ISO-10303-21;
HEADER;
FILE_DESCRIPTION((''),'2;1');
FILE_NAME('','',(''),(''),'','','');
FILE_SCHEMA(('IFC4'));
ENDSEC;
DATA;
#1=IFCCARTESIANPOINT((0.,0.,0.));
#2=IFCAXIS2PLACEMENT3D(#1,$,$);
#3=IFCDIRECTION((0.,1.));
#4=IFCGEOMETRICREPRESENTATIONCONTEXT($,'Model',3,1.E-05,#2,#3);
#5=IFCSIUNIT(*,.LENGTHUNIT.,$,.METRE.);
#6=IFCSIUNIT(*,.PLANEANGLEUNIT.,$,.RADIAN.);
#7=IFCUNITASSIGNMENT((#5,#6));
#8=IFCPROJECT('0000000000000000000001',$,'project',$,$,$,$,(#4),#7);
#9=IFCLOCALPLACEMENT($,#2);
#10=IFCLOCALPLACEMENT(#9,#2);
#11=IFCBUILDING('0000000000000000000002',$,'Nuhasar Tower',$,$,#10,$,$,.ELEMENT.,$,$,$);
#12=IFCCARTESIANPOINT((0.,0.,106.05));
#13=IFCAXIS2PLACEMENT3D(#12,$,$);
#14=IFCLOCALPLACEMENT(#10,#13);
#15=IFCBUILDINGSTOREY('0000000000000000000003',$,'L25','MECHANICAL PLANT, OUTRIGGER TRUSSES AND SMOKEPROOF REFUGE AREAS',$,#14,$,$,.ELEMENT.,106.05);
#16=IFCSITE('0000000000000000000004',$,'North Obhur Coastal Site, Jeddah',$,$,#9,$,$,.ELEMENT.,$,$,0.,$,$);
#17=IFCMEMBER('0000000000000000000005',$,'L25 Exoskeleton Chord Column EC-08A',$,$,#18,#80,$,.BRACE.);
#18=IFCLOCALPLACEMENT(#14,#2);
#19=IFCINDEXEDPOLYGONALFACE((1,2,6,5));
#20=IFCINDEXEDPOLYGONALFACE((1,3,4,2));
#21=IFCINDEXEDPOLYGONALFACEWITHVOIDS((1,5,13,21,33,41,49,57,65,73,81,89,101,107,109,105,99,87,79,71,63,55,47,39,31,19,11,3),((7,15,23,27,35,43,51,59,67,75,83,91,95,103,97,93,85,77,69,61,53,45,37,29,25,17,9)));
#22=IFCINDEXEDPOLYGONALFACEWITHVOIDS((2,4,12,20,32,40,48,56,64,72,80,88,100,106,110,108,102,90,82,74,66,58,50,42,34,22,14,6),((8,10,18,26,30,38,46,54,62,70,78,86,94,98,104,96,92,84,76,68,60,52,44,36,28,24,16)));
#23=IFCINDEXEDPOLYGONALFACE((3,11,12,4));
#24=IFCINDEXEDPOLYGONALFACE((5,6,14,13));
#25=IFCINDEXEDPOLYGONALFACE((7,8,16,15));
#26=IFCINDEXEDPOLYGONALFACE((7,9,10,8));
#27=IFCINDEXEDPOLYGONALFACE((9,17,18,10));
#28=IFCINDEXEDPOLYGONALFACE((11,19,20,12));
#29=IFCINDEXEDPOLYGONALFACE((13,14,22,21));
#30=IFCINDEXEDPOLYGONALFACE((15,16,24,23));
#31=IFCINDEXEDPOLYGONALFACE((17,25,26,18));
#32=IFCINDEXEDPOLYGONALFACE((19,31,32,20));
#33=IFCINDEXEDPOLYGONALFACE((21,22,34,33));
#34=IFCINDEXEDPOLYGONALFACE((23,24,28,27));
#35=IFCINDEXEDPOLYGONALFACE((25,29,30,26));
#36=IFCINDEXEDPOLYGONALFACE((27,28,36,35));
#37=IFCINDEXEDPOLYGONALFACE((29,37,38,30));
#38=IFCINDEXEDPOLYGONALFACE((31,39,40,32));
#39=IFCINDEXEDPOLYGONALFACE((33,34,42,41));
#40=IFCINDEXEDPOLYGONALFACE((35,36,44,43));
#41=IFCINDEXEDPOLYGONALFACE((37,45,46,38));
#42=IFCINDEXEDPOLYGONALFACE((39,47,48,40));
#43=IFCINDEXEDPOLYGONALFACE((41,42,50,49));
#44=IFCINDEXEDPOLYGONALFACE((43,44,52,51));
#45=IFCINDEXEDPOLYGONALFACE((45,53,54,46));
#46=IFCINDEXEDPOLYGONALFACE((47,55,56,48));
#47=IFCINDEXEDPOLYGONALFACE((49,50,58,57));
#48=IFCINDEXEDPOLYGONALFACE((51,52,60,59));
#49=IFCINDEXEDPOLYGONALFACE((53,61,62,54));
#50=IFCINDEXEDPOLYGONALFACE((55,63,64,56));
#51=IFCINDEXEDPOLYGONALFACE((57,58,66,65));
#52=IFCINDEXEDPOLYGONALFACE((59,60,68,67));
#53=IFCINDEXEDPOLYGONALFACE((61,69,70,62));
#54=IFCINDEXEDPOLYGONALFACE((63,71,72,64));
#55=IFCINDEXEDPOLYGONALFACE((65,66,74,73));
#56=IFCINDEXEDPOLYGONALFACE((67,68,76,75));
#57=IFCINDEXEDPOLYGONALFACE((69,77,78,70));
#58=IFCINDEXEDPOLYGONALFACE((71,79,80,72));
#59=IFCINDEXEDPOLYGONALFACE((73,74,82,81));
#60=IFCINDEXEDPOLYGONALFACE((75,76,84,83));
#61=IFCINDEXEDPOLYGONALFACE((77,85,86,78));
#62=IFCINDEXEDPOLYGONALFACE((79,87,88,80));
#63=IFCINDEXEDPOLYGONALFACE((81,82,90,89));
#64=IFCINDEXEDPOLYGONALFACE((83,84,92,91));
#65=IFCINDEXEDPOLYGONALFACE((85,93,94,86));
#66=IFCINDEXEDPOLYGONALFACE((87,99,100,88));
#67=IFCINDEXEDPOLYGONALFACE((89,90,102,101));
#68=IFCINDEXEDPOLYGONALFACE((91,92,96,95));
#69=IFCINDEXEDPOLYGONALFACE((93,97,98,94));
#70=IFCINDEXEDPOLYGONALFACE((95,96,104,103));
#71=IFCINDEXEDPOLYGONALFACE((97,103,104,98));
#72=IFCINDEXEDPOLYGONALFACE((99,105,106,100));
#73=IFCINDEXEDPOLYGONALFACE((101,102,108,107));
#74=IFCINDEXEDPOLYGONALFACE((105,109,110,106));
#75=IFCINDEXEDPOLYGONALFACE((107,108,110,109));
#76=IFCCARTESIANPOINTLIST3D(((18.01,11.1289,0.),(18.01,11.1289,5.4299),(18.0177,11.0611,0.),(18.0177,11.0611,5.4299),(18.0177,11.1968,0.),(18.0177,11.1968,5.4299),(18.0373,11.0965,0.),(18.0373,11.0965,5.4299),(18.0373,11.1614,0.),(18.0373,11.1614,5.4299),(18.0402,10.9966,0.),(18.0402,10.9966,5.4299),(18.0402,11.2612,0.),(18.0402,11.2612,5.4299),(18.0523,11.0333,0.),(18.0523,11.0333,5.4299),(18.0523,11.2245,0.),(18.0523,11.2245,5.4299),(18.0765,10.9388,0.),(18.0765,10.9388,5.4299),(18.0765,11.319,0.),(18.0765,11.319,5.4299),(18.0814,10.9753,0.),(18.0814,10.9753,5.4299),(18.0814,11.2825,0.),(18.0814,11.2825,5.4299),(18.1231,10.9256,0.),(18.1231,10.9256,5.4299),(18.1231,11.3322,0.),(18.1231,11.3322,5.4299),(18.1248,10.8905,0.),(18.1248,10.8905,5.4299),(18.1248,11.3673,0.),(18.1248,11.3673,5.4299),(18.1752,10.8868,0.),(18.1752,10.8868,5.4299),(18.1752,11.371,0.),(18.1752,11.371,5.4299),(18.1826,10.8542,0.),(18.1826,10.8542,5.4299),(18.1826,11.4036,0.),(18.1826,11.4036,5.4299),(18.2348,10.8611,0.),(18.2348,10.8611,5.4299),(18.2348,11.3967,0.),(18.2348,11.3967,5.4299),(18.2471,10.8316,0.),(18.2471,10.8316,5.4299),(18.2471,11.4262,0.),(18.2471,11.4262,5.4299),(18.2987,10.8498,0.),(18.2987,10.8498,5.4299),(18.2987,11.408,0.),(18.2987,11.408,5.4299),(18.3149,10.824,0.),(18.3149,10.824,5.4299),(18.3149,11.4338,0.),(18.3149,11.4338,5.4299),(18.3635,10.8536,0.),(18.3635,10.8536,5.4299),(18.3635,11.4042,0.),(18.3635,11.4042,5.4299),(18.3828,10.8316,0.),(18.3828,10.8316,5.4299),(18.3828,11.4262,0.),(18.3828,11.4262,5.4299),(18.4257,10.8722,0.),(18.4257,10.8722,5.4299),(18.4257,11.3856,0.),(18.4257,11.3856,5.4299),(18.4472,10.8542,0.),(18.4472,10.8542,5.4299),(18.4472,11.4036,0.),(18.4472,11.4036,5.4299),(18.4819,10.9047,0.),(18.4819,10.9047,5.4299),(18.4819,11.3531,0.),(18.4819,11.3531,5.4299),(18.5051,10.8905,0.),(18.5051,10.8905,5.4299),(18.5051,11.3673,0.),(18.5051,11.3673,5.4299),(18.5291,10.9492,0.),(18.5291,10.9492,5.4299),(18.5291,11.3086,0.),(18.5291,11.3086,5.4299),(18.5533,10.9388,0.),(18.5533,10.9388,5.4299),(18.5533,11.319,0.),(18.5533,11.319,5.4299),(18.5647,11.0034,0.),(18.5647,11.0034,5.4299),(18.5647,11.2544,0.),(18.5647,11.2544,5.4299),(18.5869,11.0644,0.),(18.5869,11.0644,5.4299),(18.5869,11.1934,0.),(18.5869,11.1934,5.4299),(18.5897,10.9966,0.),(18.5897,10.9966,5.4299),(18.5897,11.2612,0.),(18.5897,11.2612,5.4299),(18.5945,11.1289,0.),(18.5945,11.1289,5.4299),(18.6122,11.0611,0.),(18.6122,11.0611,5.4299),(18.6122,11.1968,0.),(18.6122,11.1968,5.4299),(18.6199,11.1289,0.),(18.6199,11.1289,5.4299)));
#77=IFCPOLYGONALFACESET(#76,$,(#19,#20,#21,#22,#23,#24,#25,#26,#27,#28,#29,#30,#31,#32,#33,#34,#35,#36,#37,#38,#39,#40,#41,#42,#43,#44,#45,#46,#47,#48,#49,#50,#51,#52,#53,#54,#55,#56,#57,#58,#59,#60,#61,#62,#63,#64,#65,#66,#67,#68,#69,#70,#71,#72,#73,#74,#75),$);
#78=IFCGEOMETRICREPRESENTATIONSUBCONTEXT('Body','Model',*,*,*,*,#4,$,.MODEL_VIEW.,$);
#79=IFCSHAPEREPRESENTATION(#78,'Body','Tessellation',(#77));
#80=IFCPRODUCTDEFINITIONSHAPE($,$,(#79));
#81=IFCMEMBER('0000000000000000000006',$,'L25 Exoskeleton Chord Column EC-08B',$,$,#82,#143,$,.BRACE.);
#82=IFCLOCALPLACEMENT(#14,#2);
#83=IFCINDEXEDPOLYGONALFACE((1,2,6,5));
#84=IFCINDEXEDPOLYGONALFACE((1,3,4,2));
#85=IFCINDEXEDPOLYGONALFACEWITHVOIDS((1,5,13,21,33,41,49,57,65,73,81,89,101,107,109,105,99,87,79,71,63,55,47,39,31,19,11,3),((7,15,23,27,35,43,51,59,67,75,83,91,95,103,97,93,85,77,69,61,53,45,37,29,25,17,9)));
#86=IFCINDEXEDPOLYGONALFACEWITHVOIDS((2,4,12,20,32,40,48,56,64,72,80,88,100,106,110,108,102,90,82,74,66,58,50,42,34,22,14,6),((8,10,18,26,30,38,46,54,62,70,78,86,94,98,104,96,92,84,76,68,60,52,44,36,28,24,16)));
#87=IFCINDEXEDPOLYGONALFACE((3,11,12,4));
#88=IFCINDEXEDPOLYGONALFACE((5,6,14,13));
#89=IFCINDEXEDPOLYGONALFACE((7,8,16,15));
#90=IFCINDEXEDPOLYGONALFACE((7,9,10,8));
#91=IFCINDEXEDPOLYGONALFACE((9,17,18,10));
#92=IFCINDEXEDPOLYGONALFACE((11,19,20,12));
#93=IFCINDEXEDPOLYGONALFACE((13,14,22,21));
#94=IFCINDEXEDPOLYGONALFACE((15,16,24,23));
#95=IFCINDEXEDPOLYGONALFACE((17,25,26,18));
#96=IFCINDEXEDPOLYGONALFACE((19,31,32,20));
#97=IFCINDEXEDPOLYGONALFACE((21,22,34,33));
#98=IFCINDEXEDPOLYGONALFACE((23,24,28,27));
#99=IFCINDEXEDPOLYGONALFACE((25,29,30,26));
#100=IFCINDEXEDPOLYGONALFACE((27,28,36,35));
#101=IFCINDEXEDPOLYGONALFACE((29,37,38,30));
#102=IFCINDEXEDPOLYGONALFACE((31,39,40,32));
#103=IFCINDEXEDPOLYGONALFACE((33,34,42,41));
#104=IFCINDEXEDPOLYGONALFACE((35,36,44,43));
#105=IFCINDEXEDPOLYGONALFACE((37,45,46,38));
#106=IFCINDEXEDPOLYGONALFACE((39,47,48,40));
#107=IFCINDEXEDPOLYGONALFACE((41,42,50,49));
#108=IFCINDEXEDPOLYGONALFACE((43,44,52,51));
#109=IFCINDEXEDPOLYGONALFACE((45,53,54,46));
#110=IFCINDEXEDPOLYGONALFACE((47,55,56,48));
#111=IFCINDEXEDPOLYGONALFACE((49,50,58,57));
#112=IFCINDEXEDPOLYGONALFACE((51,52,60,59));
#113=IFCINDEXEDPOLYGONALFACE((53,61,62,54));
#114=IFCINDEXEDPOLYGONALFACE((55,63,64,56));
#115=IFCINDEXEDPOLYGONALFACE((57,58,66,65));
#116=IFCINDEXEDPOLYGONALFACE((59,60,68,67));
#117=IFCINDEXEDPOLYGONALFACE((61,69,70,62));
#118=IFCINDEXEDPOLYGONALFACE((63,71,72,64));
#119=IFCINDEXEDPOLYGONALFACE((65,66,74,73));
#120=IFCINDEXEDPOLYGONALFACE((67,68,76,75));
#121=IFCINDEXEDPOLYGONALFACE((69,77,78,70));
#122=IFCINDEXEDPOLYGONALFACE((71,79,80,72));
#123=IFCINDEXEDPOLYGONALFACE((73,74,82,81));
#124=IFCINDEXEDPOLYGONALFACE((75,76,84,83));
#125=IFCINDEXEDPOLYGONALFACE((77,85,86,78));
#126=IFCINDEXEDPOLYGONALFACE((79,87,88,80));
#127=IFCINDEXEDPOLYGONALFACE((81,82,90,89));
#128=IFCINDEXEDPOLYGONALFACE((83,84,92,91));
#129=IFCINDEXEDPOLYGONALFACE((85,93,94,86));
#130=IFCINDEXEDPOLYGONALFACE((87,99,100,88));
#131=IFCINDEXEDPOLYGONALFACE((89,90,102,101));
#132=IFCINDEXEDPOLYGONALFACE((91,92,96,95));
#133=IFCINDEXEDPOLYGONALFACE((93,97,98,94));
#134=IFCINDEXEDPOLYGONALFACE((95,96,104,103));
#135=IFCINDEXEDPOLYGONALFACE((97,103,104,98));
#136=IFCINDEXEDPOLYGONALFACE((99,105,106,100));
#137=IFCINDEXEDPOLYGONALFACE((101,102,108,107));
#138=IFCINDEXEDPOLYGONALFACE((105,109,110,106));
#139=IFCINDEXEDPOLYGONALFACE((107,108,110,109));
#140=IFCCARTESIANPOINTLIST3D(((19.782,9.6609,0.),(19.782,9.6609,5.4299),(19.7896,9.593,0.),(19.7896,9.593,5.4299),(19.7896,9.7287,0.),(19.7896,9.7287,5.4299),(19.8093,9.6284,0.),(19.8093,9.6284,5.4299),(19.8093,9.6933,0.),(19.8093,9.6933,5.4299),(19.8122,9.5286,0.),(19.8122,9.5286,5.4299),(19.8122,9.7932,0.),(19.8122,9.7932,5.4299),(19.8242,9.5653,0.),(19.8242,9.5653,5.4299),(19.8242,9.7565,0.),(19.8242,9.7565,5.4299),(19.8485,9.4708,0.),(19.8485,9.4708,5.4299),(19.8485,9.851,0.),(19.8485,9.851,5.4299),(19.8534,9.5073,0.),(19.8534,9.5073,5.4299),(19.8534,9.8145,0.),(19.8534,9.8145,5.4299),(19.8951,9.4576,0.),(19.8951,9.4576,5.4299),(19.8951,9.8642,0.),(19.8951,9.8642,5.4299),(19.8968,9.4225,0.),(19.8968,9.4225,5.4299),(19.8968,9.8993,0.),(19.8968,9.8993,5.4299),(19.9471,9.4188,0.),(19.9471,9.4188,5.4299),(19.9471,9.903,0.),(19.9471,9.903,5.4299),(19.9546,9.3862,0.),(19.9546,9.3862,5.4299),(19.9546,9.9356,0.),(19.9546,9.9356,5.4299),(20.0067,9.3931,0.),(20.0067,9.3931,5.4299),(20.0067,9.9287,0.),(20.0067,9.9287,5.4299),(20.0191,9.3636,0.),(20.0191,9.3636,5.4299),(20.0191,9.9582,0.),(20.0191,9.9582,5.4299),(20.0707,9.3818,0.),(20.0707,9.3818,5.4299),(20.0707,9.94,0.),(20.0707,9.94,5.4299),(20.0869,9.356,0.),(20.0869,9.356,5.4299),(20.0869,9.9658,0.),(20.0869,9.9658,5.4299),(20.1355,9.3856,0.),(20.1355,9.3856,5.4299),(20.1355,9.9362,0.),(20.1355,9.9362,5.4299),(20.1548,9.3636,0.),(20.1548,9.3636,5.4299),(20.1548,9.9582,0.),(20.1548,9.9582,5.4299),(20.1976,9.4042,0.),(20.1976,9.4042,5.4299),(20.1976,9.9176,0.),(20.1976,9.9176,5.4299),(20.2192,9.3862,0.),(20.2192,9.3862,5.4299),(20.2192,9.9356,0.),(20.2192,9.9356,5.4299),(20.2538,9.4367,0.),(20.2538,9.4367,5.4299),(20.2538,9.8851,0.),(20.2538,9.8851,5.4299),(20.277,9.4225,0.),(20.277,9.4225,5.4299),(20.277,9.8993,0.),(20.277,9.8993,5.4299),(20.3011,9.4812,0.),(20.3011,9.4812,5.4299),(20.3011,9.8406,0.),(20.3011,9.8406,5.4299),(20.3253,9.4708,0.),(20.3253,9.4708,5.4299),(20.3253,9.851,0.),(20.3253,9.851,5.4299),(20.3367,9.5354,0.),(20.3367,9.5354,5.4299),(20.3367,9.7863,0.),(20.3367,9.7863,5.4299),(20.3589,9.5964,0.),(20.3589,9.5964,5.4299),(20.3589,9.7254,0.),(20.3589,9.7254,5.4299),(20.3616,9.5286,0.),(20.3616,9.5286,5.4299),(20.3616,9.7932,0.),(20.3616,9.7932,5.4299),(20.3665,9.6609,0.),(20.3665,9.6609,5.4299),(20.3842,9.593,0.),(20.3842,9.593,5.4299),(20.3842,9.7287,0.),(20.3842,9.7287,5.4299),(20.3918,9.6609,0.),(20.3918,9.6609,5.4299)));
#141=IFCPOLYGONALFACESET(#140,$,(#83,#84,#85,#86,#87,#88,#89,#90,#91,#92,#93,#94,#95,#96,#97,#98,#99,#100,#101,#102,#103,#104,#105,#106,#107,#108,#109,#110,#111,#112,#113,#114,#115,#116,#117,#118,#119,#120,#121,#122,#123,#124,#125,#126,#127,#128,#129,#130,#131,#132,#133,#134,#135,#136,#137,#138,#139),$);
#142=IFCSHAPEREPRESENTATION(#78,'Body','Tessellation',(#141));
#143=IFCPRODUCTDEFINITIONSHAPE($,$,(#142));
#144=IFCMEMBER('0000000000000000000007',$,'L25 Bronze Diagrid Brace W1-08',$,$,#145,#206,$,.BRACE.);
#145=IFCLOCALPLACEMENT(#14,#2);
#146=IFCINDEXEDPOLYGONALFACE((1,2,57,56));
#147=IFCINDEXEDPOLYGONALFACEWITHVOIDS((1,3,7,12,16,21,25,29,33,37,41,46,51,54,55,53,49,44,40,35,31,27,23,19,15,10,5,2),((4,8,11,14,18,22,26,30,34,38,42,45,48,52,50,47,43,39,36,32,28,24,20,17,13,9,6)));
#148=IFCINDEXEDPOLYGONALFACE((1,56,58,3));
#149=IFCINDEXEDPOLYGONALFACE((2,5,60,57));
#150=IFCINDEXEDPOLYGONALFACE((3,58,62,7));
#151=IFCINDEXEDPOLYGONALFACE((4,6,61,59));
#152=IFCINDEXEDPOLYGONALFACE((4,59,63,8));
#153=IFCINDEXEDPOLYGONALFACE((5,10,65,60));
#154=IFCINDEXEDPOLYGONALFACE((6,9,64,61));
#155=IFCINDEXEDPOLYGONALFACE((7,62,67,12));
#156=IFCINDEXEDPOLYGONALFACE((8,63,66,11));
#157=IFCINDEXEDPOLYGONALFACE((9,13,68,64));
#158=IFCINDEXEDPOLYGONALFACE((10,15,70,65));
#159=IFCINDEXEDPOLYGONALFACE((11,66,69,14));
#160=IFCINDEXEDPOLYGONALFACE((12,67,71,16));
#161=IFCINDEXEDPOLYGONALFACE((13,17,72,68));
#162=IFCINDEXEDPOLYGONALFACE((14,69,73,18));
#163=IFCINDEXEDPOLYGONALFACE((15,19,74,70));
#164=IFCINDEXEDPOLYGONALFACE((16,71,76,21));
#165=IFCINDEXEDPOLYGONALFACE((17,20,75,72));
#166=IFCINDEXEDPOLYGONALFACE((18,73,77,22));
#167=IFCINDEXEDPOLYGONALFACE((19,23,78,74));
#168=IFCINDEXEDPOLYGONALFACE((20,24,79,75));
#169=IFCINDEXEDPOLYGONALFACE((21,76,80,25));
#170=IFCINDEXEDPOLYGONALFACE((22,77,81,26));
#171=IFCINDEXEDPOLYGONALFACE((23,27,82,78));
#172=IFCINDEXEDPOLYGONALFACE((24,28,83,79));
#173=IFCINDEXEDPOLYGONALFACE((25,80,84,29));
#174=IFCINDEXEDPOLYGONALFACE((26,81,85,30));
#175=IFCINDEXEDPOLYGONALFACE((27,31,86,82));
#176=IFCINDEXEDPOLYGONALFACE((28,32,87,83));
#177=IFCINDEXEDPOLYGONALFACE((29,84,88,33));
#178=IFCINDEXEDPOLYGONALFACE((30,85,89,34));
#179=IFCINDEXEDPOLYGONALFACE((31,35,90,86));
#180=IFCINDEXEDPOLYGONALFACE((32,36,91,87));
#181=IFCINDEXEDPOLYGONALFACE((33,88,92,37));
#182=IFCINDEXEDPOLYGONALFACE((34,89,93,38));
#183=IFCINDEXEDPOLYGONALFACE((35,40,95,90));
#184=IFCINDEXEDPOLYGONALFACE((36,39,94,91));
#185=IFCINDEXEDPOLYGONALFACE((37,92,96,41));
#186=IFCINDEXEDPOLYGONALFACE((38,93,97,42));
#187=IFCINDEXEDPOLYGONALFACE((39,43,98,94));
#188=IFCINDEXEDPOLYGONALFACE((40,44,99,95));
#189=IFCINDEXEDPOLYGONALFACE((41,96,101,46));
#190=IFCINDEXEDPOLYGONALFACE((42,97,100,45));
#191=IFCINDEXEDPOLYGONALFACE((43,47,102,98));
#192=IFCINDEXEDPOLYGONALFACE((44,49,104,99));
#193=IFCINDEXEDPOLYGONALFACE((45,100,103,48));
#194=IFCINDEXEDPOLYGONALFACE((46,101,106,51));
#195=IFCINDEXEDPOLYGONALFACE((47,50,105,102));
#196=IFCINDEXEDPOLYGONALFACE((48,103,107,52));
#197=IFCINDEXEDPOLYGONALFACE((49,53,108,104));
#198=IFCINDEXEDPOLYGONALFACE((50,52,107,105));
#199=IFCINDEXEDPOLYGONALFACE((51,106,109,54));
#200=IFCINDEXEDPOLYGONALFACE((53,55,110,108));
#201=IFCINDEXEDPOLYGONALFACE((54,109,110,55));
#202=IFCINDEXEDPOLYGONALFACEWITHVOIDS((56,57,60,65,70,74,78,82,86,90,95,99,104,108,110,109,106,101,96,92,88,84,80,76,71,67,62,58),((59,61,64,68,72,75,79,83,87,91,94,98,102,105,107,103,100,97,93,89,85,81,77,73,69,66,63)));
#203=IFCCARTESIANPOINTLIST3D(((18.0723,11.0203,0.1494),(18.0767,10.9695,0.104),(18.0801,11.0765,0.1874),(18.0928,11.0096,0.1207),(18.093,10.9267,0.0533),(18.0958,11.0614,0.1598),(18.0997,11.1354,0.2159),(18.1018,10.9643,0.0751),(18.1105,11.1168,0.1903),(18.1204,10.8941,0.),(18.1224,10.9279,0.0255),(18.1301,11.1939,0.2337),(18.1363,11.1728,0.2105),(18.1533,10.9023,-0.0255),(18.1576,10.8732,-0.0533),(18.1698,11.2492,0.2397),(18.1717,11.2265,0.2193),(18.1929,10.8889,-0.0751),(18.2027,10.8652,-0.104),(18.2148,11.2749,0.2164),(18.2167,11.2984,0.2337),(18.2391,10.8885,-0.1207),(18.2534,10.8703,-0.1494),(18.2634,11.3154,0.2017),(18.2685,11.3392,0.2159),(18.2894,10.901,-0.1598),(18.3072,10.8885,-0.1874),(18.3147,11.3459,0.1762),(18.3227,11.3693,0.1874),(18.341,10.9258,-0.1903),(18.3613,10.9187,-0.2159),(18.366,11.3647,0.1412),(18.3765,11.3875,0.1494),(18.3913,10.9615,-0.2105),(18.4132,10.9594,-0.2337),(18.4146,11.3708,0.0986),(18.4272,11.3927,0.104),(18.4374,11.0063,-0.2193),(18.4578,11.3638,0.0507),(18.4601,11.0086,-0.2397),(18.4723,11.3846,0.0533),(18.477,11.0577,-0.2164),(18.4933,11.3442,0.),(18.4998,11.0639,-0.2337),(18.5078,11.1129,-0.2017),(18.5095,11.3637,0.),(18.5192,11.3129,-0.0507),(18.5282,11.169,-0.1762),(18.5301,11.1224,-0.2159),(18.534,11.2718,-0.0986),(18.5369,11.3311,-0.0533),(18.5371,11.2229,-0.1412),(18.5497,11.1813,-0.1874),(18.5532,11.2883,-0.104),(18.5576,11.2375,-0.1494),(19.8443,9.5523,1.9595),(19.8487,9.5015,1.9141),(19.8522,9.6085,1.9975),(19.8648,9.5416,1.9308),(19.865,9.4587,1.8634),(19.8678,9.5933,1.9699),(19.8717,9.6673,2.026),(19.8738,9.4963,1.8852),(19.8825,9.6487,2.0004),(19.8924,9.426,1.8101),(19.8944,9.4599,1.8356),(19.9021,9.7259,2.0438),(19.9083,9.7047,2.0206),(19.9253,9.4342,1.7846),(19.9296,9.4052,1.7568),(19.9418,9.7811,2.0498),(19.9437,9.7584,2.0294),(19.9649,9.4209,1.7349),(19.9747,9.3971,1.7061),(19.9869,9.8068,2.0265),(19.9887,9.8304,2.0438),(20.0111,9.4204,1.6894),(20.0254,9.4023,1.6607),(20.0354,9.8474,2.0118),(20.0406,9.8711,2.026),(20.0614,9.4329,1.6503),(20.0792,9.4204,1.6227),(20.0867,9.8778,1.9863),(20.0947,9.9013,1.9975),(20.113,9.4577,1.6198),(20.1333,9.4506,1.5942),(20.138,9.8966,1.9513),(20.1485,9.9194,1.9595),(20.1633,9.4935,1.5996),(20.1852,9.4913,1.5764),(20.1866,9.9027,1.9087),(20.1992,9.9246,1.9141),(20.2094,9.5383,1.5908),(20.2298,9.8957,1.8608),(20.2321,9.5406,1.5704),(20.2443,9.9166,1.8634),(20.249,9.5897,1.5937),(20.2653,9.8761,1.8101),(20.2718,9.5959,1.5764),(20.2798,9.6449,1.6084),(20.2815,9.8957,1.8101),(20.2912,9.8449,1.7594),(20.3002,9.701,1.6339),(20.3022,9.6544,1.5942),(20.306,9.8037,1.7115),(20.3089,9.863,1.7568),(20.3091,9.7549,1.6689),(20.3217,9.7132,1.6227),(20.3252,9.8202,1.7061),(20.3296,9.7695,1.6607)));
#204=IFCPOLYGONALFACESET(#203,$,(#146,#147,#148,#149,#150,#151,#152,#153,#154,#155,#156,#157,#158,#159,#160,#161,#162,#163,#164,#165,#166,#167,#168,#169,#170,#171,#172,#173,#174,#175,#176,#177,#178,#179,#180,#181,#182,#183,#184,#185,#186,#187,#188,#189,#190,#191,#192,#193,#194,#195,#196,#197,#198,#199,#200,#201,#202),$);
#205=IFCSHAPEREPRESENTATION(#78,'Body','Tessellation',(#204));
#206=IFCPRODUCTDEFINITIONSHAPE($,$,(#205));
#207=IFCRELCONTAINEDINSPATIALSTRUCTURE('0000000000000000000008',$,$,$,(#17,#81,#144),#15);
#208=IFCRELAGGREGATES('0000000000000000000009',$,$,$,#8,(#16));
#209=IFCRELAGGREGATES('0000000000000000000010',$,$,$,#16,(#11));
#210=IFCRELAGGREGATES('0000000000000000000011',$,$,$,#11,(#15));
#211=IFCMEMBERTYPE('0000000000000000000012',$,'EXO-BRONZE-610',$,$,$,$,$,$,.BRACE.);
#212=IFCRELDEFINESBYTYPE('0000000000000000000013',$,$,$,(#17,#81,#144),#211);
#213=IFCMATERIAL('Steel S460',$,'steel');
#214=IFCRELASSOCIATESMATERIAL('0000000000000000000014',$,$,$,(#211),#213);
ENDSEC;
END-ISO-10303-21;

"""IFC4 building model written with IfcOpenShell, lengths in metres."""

from ifc_helpers import new_model, si_unit, direction, frame, origin, origin_2d, place, context, subcontext, project, spatial, hollow_circle, extrude, material, material_profile, profile_set, type_object, element, save


model = new_model("IFC4")

# Units and contexts
model_context = context("Model", 3, precision=1e-05, world=origin(), true_north=direction((0.0, 1.0)))
body_context = subcontext(model_context, "Body", "Model", "MODEL_VIEW")
ifc_project = project(units=[si_unit("LENGTHUNIT", "METRE"), si_unit("PLANEANGLEUNIT", "RADIAN")], contexts=[model_context])

# Site, building, storey
site_placement = place(None, origin())
site = spatial("IfcSite", under=ifc_project, at=site_placement, Name="North Obhur Coastal Site, Jeddah", CompositionType="ELEMENT", RefElevation=0.0)
building_placement = place(site_placement, origin())
building = spatial("IfcBuilding", under=site, at=building_placement, Name="Nuhasar Tower", CompositionType="ELEMENT")
storey_placement = place(building_placement, frame((0.0, 0.0, 106.05)))
storey = spatial("IfcBuildingStorey", under=building, at=storey_placement, Name="L25", Description="MECHANICAL PLANT, OUTRIGGER TRUSSES AND SMOKEPROOF REFUGE AREAS", CompositionType="ELEMENT", Elevation=106.05)

# Shared definitions
ifc_material_1 = material(Name="Steel S460", Category="steel")

# Members
ifc_material_profile_1 = material_profile(ifc_material_1, hollow_circle(Radius=0.3049, WallThickness=0.0254, at=origin_2d()), Name="HSS610X25.4")
ifc_profile_set_1 = profile_set([ifc_material_profile_1], Name="Steel S460")
member_type_1 = type_object("IfcMemberType", Name="EXO-BRONZE-610", PredefinedType="BRACE", material=ifc_profile_set_1)
for number, where, z_axis, x_axis, name in (
    (1, (18.3149, 11.1289, 0.0), (0.0, 0.0, 1.0), (1.0, 0.0, 0.0), "L25 Exoskeleton Chord Column EC-08A"),
    (2, (20.0869, 9.6609, 0.0), (0.0, 0.0, 1.0), (1.0, 0.0, 0.0), "L25 Exoskeleton Chord Column EC-08B"),
):
    element("IfcMember", number, at=place(storey_placement, frame(where, z_axis=z_axis, x_axis=x_axis)), inside=storey, type_object=member_type_1, Name=name, PredefinedType="BRACE", context=body_context, shape_type="SweptSolid", body=[
        extrude(hollow_circle(Radius=0.3049, WallThickness=0.0254, at=origin_2d()), origin(), (0.0, 0.0, 1.0), 5.4299),
    ])
member_1_placement = place(storey_placement, frame((18.3149, 11.1289, 0.0), z_axis=(0.605249, -0.501428, 0.618258), x_axis=(0.637969, 0.770062, 0.0)))
element("IfcMember", 3, at=member_1_placement, inside=storey, type_object=member_type_1, Name="L25 Bronze Diagrid Brace W1-08", PredefinedType="BRACE", context=body_context, shape_type="SweptSolid", body=[
    extrude(hollow_circle(Radius=0.3049, WallThickness=0.0254, at=origin_2d()), origin(), (0.0, 0.0, 1.0), 2.9277),
])

save(model, "model.ifc")
